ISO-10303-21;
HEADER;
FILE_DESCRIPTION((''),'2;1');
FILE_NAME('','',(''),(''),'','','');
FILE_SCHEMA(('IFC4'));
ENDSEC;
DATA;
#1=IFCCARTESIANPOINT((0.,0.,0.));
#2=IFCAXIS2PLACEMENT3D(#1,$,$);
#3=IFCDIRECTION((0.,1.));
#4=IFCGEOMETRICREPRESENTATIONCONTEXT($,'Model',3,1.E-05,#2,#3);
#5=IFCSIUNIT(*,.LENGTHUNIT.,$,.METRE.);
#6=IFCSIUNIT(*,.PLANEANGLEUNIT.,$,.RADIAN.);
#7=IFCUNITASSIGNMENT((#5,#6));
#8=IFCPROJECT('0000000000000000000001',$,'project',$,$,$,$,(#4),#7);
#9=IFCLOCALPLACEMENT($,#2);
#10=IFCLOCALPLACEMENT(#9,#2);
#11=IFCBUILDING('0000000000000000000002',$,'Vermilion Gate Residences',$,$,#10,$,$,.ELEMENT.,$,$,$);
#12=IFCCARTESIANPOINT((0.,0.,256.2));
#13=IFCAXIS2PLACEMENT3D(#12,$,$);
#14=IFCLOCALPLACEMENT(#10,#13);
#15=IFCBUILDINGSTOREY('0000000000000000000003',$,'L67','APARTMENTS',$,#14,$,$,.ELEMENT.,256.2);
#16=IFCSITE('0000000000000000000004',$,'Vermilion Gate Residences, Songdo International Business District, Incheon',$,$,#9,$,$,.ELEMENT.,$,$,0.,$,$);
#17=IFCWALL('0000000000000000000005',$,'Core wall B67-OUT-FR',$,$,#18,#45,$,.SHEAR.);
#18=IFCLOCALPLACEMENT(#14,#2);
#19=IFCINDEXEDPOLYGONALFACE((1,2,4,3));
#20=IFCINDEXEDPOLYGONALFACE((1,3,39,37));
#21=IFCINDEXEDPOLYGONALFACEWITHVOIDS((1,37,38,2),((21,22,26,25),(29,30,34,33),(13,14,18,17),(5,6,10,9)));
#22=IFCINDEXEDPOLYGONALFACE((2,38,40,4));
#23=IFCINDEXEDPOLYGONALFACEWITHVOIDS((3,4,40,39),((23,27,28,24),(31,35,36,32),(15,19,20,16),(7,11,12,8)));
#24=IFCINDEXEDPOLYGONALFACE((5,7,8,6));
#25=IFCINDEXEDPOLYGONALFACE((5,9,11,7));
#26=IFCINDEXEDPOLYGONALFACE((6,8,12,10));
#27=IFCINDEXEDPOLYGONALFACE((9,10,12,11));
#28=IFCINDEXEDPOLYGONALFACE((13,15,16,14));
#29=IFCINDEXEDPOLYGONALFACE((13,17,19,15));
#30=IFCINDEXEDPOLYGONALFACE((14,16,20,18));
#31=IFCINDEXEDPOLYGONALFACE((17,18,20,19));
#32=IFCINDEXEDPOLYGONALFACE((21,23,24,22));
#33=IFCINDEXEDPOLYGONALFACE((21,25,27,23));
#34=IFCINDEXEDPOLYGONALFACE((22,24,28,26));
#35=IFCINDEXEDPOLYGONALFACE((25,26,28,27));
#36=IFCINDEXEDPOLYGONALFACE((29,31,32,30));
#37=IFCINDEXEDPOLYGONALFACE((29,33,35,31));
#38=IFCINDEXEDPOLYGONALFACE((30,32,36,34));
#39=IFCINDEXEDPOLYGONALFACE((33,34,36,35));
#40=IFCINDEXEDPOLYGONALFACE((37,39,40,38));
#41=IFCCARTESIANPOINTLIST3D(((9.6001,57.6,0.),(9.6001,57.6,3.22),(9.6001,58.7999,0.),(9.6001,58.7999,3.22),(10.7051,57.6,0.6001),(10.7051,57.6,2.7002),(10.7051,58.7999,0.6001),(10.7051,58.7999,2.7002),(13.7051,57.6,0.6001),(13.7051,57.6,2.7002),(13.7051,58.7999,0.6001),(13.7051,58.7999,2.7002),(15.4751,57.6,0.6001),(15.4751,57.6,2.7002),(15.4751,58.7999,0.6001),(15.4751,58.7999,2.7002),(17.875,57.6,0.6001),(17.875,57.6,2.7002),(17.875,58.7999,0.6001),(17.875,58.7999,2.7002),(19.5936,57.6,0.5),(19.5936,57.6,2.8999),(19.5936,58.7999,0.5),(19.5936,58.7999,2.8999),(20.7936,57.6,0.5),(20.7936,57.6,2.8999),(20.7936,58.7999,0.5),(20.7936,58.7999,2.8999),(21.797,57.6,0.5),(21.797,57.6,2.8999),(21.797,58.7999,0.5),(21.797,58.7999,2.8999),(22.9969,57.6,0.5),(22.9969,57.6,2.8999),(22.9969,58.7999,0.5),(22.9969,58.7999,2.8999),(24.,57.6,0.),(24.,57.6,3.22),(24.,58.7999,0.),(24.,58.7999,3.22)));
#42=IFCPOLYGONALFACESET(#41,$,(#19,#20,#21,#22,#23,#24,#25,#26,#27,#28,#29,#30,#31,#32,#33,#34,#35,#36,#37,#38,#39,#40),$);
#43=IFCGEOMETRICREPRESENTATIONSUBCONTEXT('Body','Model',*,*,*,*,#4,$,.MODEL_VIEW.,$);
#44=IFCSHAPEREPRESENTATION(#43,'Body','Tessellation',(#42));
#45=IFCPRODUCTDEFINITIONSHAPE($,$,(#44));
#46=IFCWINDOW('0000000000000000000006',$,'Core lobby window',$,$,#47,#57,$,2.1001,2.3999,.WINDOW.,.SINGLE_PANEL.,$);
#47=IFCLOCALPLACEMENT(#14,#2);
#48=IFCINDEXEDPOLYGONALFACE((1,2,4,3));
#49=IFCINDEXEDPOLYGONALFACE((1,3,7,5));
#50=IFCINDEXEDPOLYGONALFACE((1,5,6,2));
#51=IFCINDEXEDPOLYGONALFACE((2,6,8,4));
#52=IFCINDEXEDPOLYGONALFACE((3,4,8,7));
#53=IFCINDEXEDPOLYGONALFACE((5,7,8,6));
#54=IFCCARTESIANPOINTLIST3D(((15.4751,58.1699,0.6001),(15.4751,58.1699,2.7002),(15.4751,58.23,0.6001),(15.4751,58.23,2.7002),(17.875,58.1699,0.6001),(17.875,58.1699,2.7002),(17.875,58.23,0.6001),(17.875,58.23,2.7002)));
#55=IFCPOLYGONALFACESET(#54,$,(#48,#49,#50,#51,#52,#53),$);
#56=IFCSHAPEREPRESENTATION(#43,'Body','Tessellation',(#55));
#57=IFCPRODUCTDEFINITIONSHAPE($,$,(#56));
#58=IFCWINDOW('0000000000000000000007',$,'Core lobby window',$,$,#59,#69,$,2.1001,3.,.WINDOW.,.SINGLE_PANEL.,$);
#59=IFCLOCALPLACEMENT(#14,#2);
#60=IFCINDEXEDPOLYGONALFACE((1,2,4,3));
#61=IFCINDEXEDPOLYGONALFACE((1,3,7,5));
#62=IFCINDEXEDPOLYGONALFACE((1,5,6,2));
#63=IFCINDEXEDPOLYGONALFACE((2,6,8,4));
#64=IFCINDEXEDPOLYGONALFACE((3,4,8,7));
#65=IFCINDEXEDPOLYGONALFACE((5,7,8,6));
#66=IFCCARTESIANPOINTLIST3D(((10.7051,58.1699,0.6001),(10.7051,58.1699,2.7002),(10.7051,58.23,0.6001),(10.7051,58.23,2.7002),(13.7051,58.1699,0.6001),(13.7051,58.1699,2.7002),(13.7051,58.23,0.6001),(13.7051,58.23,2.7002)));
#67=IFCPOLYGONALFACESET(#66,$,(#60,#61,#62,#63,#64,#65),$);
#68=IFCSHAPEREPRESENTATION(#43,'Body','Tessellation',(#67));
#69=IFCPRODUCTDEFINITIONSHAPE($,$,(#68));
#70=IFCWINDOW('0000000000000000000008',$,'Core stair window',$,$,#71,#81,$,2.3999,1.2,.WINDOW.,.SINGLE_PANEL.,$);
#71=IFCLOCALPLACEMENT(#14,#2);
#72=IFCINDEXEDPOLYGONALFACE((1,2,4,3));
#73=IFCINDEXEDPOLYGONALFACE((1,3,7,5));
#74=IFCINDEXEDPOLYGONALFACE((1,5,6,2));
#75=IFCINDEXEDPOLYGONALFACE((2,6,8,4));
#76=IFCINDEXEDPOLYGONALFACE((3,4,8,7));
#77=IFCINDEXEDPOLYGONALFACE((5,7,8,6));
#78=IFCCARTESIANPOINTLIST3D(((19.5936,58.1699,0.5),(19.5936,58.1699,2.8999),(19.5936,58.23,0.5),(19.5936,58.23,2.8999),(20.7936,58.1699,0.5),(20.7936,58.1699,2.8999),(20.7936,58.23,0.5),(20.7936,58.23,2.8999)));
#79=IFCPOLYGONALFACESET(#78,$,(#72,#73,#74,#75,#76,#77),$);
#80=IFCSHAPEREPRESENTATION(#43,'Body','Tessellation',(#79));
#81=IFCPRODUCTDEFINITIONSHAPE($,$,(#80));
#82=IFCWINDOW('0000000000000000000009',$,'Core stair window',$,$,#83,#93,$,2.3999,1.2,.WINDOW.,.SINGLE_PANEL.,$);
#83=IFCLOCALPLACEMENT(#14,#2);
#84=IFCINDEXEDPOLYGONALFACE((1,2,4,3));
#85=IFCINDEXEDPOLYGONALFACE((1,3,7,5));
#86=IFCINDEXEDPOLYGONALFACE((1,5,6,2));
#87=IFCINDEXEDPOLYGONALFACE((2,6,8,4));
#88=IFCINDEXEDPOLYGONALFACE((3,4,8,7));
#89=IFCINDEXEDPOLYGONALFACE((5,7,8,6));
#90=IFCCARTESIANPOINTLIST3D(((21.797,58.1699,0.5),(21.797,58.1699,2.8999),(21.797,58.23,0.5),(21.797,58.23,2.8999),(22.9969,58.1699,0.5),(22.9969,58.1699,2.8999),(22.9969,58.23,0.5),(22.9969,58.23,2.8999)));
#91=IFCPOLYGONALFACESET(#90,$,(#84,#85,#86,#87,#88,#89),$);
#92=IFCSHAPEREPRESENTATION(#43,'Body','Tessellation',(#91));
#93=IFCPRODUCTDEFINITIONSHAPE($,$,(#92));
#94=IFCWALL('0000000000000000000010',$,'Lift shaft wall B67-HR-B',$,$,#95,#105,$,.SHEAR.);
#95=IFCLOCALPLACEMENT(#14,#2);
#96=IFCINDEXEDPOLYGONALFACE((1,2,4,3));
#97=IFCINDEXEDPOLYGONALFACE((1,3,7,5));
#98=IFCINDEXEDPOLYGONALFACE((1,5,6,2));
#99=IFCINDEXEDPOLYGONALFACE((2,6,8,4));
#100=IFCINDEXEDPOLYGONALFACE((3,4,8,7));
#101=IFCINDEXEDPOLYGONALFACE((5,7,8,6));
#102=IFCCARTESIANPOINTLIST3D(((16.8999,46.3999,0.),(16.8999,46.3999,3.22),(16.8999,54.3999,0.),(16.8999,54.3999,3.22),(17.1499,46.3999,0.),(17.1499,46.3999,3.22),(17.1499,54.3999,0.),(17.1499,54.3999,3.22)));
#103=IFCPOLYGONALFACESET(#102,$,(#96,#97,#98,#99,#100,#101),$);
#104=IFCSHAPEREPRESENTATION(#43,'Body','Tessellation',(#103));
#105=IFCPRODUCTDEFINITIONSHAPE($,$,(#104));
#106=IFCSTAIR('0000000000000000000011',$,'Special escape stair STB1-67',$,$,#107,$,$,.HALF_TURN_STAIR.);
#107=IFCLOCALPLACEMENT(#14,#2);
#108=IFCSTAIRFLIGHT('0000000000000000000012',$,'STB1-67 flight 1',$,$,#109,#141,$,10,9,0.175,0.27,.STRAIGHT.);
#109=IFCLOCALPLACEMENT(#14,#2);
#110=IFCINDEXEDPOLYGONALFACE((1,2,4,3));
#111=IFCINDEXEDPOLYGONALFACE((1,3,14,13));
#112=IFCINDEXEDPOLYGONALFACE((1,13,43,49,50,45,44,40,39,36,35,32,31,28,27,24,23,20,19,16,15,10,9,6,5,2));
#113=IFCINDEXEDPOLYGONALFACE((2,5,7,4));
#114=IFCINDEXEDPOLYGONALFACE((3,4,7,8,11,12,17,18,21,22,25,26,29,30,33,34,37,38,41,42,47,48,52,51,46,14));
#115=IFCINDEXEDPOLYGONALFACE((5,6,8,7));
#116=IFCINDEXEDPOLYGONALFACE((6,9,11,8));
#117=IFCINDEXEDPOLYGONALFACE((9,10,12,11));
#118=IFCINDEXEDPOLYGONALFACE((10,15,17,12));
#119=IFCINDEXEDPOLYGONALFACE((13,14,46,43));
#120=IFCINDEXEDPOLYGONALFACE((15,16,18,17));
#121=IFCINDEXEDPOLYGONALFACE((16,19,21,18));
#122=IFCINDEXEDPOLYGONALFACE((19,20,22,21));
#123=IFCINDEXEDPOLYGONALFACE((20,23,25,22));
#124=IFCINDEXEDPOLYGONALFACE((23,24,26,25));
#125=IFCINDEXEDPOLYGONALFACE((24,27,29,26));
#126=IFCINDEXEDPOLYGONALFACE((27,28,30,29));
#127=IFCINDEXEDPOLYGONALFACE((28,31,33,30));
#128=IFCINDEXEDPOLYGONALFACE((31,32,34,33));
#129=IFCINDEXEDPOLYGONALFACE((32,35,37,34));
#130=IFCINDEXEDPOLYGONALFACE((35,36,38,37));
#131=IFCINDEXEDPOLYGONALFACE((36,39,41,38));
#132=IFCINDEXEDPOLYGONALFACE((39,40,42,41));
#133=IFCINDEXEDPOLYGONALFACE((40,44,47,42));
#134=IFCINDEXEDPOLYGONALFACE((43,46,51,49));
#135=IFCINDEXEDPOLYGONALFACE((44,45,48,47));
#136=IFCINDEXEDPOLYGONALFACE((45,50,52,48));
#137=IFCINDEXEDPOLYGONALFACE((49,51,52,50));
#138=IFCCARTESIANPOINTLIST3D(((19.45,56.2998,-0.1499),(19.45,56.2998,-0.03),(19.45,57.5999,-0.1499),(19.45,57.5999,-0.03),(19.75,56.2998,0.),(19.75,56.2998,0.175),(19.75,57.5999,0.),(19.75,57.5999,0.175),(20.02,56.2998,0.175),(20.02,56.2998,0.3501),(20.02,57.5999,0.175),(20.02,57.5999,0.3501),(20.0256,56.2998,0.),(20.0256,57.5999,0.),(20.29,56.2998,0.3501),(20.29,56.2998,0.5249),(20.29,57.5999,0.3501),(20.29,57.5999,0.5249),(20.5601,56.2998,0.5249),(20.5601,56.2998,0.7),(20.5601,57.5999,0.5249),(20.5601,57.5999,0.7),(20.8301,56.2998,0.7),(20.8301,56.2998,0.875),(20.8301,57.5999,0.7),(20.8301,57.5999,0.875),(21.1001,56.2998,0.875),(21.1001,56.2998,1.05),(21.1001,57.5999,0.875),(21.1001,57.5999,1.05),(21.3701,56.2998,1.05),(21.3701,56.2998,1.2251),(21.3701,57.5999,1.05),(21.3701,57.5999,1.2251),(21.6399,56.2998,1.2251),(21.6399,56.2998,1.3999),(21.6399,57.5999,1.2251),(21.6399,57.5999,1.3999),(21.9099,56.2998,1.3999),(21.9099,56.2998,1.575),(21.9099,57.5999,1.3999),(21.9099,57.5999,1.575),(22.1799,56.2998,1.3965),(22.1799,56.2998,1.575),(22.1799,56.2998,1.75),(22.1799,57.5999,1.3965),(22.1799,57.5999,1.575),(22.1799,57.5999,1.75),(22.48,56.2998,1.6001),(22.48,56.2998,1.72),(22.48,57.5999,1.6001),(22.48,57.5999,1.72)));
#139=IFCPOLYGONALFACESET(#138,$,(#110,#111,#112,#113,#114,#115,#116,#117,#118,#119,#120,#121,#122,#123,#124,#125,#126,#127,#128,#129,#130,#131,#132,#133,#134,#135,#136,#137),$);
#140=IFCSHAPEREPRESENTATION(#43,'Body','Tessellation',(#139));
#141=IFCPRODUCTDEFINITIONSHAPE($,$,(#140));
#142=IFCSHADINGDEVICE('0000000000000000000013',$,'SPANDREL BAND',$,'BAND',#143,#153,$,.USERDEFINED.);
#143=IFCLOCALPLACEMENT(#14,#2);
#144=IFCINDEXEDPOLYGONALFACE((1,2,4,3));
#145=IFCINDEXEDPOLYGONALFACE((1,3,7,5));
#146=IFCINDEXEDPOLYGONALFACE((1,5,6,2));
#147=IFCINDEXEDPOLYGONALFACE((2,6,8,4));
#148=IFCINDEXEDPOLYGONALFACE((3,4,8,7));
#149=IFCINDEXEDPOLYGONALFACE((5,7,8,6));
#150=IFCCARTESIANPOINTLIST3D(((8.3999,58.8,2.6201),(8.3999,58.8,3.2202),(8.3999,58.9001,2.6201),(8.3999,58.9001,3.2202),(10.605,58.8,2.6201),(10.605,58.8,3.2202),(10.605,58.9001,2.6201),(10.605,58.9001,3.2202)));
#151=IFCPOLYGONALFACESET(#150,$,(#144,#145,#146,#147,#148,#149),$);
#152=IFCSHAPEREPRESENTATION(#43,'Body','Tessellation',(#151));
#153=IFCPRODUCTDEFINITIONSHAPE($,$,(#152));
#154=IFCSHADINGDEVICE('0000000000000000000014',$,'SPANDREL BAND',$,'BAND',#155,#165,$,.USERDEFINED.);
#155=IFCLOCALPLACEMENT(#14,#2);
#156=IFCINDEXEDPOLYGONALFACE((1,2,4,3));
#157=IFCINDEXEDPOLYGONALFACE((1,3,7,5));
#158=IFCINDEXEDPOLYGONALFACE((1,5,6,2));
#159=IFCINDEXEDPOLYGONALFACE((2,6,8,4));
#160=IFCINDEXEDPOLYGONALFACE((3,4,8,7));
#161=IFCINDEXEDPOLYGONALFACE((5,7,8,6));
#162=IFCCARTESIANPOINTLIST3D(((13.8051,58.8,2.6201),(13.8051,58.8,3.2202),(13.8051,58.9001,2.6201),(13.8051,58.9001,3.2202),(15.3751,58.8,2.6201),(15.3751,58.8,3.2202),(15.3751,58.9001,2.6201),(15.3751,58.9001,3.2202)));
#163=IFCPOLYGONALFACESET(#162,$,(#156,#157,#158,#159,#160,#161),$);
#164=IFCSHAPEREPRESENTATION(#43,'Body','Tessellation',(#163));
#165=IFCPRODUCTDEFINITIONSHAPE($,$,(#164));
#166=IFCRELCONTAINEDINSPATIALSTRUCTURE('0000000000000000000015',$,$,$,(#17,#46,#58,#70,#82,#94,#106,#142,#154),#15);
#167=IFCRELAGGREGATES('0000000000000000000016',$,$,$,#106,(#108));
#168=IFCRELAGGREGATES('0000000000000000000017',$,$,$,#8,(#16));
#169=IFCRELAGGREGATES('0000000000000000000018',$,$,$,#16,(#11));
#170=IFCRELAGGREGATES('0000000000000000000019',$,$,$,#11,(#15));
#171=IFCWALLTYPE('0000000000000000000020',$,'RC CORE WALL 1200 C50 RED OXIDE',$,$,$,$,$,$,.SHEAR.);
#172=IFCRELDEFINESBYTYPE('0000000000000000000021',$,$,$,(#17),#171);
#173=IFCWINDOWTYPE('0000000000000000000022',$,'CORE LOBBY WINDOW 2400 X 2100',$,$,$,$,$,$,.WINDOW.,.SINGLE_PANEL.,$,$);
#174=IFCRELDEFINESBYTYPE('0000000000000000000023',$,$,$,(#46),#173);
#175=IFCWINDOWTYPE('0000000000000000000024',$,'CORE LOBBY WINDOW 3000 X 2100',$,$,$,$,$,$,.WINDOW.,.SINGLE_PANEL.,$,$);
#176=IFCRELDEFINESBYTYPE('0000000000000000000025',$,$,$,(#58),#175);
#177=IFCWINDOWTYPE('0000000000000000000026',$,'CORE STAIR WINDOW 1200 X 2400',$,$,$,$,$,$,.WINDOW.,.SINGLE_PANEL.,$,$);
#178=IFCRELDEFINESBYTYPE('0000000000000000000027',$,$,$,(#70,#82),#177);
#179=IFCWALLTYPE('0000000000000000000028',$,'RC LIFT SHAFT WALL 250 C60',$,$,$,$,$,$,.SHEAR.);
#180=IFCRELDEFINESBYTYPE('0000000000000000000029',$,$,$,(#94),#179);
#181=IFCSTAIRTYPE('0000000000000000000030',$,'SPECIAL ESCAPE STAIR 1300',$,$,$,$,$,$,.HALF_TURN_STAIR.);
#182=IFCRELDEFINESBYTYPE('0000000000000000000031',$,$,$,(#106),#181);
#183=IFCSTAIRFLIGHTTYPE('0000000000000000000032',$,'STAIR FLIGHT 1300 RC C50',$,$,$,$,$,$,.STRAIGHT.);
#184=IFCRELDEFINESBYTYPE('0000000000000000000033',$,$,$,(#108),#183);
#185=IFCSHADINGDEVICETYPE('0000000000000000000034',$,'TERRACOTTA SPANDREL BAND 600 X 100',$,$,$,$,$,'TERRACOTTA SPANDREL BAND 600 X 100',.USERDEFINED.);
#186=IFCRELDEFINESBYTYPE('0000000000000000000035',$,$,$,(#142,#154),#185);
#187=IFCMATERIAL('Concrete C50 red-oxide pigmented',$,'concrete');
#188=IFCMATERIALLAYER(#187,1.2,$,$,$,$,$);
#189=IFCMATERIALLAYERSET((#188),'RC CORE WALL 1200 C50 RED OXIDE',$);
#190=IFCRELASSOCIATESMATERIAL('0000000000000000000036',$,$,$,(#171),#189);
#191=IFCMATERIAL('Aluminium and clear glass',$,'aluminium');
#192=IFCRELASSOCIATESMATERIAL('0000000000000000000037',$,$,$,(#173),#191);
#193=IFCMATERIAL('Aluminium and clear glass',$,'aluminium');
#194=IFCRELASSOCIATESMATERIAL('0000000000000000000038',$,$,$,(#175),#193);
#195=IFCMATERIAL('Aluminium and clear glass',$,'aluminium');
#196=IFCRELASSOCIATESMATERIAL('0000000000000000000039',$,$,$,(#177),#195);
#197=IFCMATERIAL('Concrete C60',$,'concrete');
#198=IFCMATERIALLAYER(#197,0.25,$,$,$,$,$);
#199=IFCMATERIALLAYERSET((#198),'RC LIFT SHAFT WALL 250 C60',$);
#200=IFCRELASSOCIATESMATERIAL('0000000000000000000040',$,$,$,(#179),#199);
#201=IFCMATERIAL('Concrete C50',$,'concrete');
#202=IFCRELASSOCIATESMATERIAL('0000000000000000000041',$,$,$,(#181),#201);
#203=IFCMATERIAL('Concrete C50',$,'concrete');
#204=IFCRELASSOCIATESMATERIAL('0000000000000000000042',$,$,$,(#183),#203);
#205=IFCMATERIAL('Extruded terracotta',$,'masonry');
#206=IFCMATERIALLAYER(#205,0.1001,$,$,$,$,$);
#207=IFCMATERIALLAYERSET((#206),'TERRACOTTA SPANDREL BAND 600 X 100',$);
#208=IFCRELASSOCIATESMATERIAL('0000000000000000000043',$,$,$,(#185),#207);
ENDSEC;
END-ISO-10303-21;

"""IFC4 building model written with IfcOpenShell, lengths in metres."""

from ifc_helpers import new_model, si_unit, direction, frame, frame_2d, origin, origin_2d, place, context, subcontext, project, spatial, polyline, rectangle, outline, extrude, material, layer, layer_set, type_object, element, fill, aggregate, save


model = new_model("IFC4")

# Units and contexts
model_context = context("Model", 3, precision=1e-05, world=origin(), true_north=direction((0.0, 1.0)))
body_context = subcontext(model_context, "Body", "Model", "MODEL_VIEW")
ifc_project = project(units=[si_unit("LENGTHUNIT", "METRE"), si_unit("PLANEANGLEUNIT", "RADIAN")], contexts=[model_context])

# Site, building, storey
site_placement = place(None, origin())
site = spatial("IfcSite", under=ifc_project, at=site_placement, Name="Vermilion Gate Residences, Songdo International Business District, Incheon", CompositionType="ELEMENT", RefElevation=0.0)
building_placement = place(site_placement, origin())
building = spatial("IfcBuilding", under=site, at=building_placement, Name="Vermilion Gate Residences", CompositionType="ELEMENT")
storey_placement = place(building_placement, frame((0.0, 0.0, 256.2)))
storey = spatial("IfcBuildingStorey", under=building, at=storey_placement, Name="L67", Description="APARTMENTS", CompositionType="ELEMENT", Elevation=256.2)

# Wall, openings, windows
ifc_material_1 = material(Name="Concrete C50 red-oxide pigmented", Category="concrete")
ifc_layer_1 = layer(ifc_material_1, 1.2)
ifc_layer_set_1 = layer_set([ifc_layer_1], Name="RC CORE WALL 1200 C50 RED OXIDE")
wall_type_1 = type_object("IfcWallType", Name="RC CORE WALL 1200 C50 RED OXIDE", PredefinedType="SHEAR", material=ifc_layer_set_1)
ifc_material_2 = material(Name="Aluminium and clear glass", Category="aluminium")
window_type_1 = type_object("IfcWindowType", Name="CORE LOBBY WINDOW 2400 X 2100", PartitioningType="SINGLE_PANEL", PredefinedType="WINDOW", material=ifc_material_2)
wall_1_placement = place(storey_placement, frame((9.6001, 58.2, 0.0), z_axis=(0.0, 0.0, 1.0), x_axis=(1.0, 0.0, 0.0)))
wall_1 = element("IfcWall", 1, at=wall_1_placement, inside=storey, type_object=wall_type_1, Name="Core wall B67-OUT-FR", PredefinedType="SHEAR", context=body_context, shape_type="SweptSolid", body=[
    extrude(rectangle(XDim=14.3999, YDim=1.2, at=frame_2d((7.2, 0.0))), origin(), (0.0, 0.0, 1.0), 3.22),
])
opening_1_placement = place(wall_1_placement, frame((1.105, 0.0, 0.6001)))
opening_1 = element("IfcOpeningElement", 2, at=opening_1_placement, cuts=wall_1, PredefinedType="OPENING", context=body_context, shape_type="SweptSolid", body=[
    extrude(rectangle(XDim=3.0, YDim=2.1001, at=frame_2d((1.5, 1.05))), frame((0.0, 0.6099, 0.0), z_axis=(0.0, -1.0, 0.0), x_axis=(1.0, 0.0, 0.0)), (0.0, 0.0, 1.0), 1.22),
])
opening_2_placement = place(wall_1_placement, frame((5.875, 0.0, 0.6001)))
opening_2 = element("IfcOpeningElement", 3, at=opening_2_placement, cuts=wall_1, PredefinedType="OPENING", context=body_context, shape_type="SweptSolid", body=[
    extrude(rectangle(XDim=2.3999, YDim=2.1001, at=frame_2d((1.2, 1.05))), frame((0.0, 0.6099, 0.0), z_axis=(0.0, -1.0, 0.0), x_axis=(1.0, 0.0, 0.0)), (0.0, 0.0, 1.0), 1.22),
])
opening_3_placement = place(wall_1_placement, frame((9.9934, 0.0, 0.5)))
opening_3 = element("IfcOpeningElement", 4, at=opening_3_placement, cuts=wall_1, PredefinedType="OPENING", context=body_context, shape_type="SweptSolid", body=[
    extrude(rectangle(XDim=1.2, YDim=2.3999, at=frame_2d((0.6001, 1.2))), frame((0.0, 0.6099, 0.0), z_axis=(0.0, -1.0, 0.0), x_axis=(1.0, 0.0, 0.0)), (0.0, 0.0, 1.0), 1.22),
])
opening_4_placement = place(wall_1_placement, frame((12.1968, 0.0, 0.5)))
opening_4 = element("IfcOpeningElement", 5, at=opening_4_placement, cuts=wall_1, PredefinedType="OPENING", context=body_context, shape_type="SweptSolid", body=[
    extrude(rectangle(XDim=1.2, YDim=2.3999, at=frame_2d((0.6001, 1.2))), frame((0.0, 0.6099, 0.0), z_axis=(0.0, -1.0, 0.0), x_axis=(1.0, 0.0, 0.0)), (0.0, 0.0, 1.0), 1.22),
])
window_1_placement = place(opening_2_placement, origin())
window_1 = element("IfcWindow", 6, at=window_1_placement, inside=storey, type_object=window_type_1, Name="Core lobby window", OverallHeight=2.1001, OverallWidth=2.3999, PartitioningType="SINGLE_PANEL", PredefinedType="WINDOW", context=body_context, shape_type="SweptSolid", body=[
    extrude(rectangle(XDim=2.3999, YDim=2.1001, at=frame_2d((1.2, 1.05))), frame((0.0, 0.03, 0.0), z_axis=(0.0, -1.0, 0.0), x_axis=(1.0, 0.0, 0.0)), (0.0, 0.0, 1.0), 0.0601),
])
fill(opening_2, window_1)
ifc_material_3 = material(Name="Aluminium and clear glass", Category="aluminium")
window_type_2 = type_object("IfcWindowType", Name="CORE LOBBY WINDOW 3000 X 2100", PartitioningType="SINGLE_PANEL", PredefinedType="WINDOW", material=ifc_material_3)
window_2_placement = place(opening_1_placement, origin())
window_2 = element("IfcWindow", 7, at=window_2_placement, inside=storey, type_object=window_type_2, Name="Core lobby window", OverallHeight=2.1001, OverallWidth=3.0, PartitioningType="SINGLE_PANEL", PredefinedType="WINDOW", context=body_context, shape_type="SweptSolid", body=[
    extrude(rectangle(XDim=3.0, YDim=2.1001, at=frame_2d((1.5, 1.05))), frame((0.0, 0.03, 0.0), z_axis=(0.0, -1.0, 0.0), x_axis=(1.0, 0.0, 0.0)), (0.0, 0.0, 1.0), 0.0601),
])
fill(opening_1, window_2)
ifc_material_4 = material(Name="Aluminium and clear glass", Category="aluminium")
window_type_3 = type_object("IfcWindowType", Name="CORE STAIR WINDOW 1200 X 2400", PartitioningType="SINGLE_PANEL", PredefinedType="WINDOW", material=ifc_material_4)
window_3_placement = place(opening_3_placement, origin())
window_3 = element("IfcWindow", 8, at=window_3_placement, inside=storey, type_object=window_type_3, Name="Core stair window", OverallHeight=2.3999, OverallWidth=1.2, PartitioningType="SINGLE_PANEL", PredefinedType="WINDOW", context=body_context, shape_type="SweptSolid", body=[
    extrude(rectangle(XDim=1.2, YDim=2.3999, at=frame_2d((0.6001, 1.2))), frame((0.0, 0.03, 0.0), z_axis=(0.0, -1.0, 0.0), x_axis=(1.0, 0.0, 0.0)), (0.0, 0.0, 1.0), 0.0601),
])
fill(opening_3, window_3)
window_4_placement = place(opening_4_placement, origin())
window_4 = element("IfcWindow", 9, at=window_4_placement, inside=storey, type_object=window_type_3, Name="Core stair window", OverallHeight=2.3999, OverallWidth=1.2, PartitioningType="SINGLE_PANEL", PredefinedType="WINDOW", context=body_context, shape_type="SweptSolid", body=[
    extrude(rectangle(XDim=1.2, YDim=2.3999, at=frame_2d((0.6001, 1.2))), frame((0.0, 0.03, 0.0), z_axis=(0.0, -1.0, 0.0), x_axis=(1.0, 0.0, 0.0)), (0.0, 0.0, 1.0), 0.0601),
])
fill(opening_4, window_4)

# Wall
ifc_material_5 = material(Name="Concrete C60", Category="concrete")
ifc_layer_2 = layer(ifc_material_5, 0.25)
ifc_layer_set_2 = layer_set([ifc_layer_2], Name="RC LIFT SHAFT WALL 250 C60")
wall_type_2 = type_object("IfcWallType", Name="RC LIFT SHAFT WALL 250 C60", PredefinedType="SHEAR", material=ifc_layer_set_2)
wall_2_placement = place(storey_placement, frame((17.0249, 54.3999, 0.0), z_axis=(0.0, 0.0, 1.0), x_axis=(0.0, -1.0, 0.0)))
element("IfcWall", 10, at=wall_2_placement, inside=storey, type_object=wall_type_2, Name="Lift shaft wall B67-HR-B", PredefinedType="SHEAR", context=body_context, shape_type="SweptSolid", body=[
    extrude(rectangle(XDim=8.0, YDim=0.25, at=frame_2d((4.0, 0.0))), origin(), (0.0, 0.0, 1.0), 3.22),
])

# Stair, stair flight
ifc_material_6 = material(Name="Concrete C50", Category="concrete")
stair_type = type_object("IfcStairType", Name="SPECIAL ESCAPE STAIR 1300", PredefinedType="HALF_TURN_STAIR", material=ifc_material_6)
stair_placement = place(storey_placement, origin())
stair = element("IfcStair", 11, at=stair_placement, inside=storey, type_object=stair_type, Name="Special escape stair STB1-67", PredefinedType="HALF_TURN_STAIR")
ifc_material_7 = material(Name="Concrete C50", Category="concrete")
stair_flight_type = type_object("IfcStairFlightType", Name="STAIR FLIGHT 1300 RC C50", PredefinedType="STRAIGHT", material=ifc_material_7)
stair_flight_placement = place(storey_placement, frame((19.75, 56.95, 0.0), z_axis=(0.0, 0.0, 1.0), x_axis=(1.0, 0.0, 0.0)))
stair_flight = element("IfcStairFlight", 12, at=stair_flight_placement, type_object=stair_flight_type, Name="STB1-67 flight 1", NumberOfRisers=10, NumberOfTreads=9, PredefinedType="STRAIGHT", RiserHeight=0.175, TreadLength=0.27, context=body_context, shape_type="SweptSolid", body=[
    extrude(outline(polyline([(-0.3, -0.1499), (-0.3, -0.03), (0.0, 0.0), (0.0, 0.175), (0.27, 0.175), (0.27, 0.3501), (0.54, 0.3501), (0.54, 0.5249), (0.8101, 0.5249), (0.8101, 0.7), (1.0801, 0.7), (1.0801, 0.875), (1.3501, 0.875), (1.3501, 1.05), (1.6201, 1.05), (1.6201, 1.2251), (1.8899, 1.2251), (1.8899, 1.3999), (2.1599, 1.3999), (2.1599, 1.575), (2.4299, 1.575), (2.4299, 1.75), (2.73, 1.72), (2.73, 1.6001), (2.4299, 1.3965), (0.2756, 0.0), (-0.3, -0.1499)])), frame((0.0, 0.6499, 0.0), z_axis=(0.0, -1.0, 0.0), x_axis=(1.0, 0.0, 0.0)), (0.0, 0.0, 1.0), 1.3),
])
aggregate(stair, [stair_flight])

# Shading devices
ifc_material_8 = material(Name="Extruded terracotta", Category="masonry")
ifc_layer_3 = layer(ifc_material_8, 0.1001)
ifc_layer_set_3 = layer_set([ifc_layer_3], Name="TERRACOTTA SPANDREL BAND 600 X 100")
shading_device_type = type_object("IfcShadingDeviceType", Name="TERRACOTTA SPANDREL BAND 600 X 100", ElementType="TERRACOTTA SPANDREL BAND 600 X 100", PredefinedType="USERDEFINED", material=ifc_layer_set_3)
shading_device_1_placement = place(storey_placement, frame((9.5024, 58.8501, 2.6201), z_axis=(0.0, 0.0, 1.0), x_axis=(1.0, 0.0, 0.0)))
element("IfcShadingDevice", 13, at=shading_device_1_placement, inside=storey, type_object=shading_device_type, Name="SPANDREL BAND", ObjectType="BAND", PredefinedType="USERDEFINED", context=body_context, shape_type="SweptSolid", body=[
    extrude(rectangle(XDim=2.2051, YDim=0.1001, at=origin_2d()), origin(), (0.0, 0.0, 1.0), 0.6001),
])
shading_device_2_placement = place(storey_placement, frame((14.5901, 58.8501, 2.6201), z_axis=(0.0, 0.0, 1.0), x_axis=(1.0, 0.0, 0.0)))
element("IfcShadingDevice", 14, at=shading_device_2_placement, inside=storey, type_object=shading_device_type, Name="SPANDREL BAND", ObjectType="BAND", PredefinedType="USERDEFINED", context=body_context, shape_type="SweptSolid", body=[
    extrude(rectangle(XDim=1.5701, YDim=0.1001, at=origin_2d()), origin(), (0.0, 0.0, 1.0), 0.6001),
])

save(model, "model.ifc")
